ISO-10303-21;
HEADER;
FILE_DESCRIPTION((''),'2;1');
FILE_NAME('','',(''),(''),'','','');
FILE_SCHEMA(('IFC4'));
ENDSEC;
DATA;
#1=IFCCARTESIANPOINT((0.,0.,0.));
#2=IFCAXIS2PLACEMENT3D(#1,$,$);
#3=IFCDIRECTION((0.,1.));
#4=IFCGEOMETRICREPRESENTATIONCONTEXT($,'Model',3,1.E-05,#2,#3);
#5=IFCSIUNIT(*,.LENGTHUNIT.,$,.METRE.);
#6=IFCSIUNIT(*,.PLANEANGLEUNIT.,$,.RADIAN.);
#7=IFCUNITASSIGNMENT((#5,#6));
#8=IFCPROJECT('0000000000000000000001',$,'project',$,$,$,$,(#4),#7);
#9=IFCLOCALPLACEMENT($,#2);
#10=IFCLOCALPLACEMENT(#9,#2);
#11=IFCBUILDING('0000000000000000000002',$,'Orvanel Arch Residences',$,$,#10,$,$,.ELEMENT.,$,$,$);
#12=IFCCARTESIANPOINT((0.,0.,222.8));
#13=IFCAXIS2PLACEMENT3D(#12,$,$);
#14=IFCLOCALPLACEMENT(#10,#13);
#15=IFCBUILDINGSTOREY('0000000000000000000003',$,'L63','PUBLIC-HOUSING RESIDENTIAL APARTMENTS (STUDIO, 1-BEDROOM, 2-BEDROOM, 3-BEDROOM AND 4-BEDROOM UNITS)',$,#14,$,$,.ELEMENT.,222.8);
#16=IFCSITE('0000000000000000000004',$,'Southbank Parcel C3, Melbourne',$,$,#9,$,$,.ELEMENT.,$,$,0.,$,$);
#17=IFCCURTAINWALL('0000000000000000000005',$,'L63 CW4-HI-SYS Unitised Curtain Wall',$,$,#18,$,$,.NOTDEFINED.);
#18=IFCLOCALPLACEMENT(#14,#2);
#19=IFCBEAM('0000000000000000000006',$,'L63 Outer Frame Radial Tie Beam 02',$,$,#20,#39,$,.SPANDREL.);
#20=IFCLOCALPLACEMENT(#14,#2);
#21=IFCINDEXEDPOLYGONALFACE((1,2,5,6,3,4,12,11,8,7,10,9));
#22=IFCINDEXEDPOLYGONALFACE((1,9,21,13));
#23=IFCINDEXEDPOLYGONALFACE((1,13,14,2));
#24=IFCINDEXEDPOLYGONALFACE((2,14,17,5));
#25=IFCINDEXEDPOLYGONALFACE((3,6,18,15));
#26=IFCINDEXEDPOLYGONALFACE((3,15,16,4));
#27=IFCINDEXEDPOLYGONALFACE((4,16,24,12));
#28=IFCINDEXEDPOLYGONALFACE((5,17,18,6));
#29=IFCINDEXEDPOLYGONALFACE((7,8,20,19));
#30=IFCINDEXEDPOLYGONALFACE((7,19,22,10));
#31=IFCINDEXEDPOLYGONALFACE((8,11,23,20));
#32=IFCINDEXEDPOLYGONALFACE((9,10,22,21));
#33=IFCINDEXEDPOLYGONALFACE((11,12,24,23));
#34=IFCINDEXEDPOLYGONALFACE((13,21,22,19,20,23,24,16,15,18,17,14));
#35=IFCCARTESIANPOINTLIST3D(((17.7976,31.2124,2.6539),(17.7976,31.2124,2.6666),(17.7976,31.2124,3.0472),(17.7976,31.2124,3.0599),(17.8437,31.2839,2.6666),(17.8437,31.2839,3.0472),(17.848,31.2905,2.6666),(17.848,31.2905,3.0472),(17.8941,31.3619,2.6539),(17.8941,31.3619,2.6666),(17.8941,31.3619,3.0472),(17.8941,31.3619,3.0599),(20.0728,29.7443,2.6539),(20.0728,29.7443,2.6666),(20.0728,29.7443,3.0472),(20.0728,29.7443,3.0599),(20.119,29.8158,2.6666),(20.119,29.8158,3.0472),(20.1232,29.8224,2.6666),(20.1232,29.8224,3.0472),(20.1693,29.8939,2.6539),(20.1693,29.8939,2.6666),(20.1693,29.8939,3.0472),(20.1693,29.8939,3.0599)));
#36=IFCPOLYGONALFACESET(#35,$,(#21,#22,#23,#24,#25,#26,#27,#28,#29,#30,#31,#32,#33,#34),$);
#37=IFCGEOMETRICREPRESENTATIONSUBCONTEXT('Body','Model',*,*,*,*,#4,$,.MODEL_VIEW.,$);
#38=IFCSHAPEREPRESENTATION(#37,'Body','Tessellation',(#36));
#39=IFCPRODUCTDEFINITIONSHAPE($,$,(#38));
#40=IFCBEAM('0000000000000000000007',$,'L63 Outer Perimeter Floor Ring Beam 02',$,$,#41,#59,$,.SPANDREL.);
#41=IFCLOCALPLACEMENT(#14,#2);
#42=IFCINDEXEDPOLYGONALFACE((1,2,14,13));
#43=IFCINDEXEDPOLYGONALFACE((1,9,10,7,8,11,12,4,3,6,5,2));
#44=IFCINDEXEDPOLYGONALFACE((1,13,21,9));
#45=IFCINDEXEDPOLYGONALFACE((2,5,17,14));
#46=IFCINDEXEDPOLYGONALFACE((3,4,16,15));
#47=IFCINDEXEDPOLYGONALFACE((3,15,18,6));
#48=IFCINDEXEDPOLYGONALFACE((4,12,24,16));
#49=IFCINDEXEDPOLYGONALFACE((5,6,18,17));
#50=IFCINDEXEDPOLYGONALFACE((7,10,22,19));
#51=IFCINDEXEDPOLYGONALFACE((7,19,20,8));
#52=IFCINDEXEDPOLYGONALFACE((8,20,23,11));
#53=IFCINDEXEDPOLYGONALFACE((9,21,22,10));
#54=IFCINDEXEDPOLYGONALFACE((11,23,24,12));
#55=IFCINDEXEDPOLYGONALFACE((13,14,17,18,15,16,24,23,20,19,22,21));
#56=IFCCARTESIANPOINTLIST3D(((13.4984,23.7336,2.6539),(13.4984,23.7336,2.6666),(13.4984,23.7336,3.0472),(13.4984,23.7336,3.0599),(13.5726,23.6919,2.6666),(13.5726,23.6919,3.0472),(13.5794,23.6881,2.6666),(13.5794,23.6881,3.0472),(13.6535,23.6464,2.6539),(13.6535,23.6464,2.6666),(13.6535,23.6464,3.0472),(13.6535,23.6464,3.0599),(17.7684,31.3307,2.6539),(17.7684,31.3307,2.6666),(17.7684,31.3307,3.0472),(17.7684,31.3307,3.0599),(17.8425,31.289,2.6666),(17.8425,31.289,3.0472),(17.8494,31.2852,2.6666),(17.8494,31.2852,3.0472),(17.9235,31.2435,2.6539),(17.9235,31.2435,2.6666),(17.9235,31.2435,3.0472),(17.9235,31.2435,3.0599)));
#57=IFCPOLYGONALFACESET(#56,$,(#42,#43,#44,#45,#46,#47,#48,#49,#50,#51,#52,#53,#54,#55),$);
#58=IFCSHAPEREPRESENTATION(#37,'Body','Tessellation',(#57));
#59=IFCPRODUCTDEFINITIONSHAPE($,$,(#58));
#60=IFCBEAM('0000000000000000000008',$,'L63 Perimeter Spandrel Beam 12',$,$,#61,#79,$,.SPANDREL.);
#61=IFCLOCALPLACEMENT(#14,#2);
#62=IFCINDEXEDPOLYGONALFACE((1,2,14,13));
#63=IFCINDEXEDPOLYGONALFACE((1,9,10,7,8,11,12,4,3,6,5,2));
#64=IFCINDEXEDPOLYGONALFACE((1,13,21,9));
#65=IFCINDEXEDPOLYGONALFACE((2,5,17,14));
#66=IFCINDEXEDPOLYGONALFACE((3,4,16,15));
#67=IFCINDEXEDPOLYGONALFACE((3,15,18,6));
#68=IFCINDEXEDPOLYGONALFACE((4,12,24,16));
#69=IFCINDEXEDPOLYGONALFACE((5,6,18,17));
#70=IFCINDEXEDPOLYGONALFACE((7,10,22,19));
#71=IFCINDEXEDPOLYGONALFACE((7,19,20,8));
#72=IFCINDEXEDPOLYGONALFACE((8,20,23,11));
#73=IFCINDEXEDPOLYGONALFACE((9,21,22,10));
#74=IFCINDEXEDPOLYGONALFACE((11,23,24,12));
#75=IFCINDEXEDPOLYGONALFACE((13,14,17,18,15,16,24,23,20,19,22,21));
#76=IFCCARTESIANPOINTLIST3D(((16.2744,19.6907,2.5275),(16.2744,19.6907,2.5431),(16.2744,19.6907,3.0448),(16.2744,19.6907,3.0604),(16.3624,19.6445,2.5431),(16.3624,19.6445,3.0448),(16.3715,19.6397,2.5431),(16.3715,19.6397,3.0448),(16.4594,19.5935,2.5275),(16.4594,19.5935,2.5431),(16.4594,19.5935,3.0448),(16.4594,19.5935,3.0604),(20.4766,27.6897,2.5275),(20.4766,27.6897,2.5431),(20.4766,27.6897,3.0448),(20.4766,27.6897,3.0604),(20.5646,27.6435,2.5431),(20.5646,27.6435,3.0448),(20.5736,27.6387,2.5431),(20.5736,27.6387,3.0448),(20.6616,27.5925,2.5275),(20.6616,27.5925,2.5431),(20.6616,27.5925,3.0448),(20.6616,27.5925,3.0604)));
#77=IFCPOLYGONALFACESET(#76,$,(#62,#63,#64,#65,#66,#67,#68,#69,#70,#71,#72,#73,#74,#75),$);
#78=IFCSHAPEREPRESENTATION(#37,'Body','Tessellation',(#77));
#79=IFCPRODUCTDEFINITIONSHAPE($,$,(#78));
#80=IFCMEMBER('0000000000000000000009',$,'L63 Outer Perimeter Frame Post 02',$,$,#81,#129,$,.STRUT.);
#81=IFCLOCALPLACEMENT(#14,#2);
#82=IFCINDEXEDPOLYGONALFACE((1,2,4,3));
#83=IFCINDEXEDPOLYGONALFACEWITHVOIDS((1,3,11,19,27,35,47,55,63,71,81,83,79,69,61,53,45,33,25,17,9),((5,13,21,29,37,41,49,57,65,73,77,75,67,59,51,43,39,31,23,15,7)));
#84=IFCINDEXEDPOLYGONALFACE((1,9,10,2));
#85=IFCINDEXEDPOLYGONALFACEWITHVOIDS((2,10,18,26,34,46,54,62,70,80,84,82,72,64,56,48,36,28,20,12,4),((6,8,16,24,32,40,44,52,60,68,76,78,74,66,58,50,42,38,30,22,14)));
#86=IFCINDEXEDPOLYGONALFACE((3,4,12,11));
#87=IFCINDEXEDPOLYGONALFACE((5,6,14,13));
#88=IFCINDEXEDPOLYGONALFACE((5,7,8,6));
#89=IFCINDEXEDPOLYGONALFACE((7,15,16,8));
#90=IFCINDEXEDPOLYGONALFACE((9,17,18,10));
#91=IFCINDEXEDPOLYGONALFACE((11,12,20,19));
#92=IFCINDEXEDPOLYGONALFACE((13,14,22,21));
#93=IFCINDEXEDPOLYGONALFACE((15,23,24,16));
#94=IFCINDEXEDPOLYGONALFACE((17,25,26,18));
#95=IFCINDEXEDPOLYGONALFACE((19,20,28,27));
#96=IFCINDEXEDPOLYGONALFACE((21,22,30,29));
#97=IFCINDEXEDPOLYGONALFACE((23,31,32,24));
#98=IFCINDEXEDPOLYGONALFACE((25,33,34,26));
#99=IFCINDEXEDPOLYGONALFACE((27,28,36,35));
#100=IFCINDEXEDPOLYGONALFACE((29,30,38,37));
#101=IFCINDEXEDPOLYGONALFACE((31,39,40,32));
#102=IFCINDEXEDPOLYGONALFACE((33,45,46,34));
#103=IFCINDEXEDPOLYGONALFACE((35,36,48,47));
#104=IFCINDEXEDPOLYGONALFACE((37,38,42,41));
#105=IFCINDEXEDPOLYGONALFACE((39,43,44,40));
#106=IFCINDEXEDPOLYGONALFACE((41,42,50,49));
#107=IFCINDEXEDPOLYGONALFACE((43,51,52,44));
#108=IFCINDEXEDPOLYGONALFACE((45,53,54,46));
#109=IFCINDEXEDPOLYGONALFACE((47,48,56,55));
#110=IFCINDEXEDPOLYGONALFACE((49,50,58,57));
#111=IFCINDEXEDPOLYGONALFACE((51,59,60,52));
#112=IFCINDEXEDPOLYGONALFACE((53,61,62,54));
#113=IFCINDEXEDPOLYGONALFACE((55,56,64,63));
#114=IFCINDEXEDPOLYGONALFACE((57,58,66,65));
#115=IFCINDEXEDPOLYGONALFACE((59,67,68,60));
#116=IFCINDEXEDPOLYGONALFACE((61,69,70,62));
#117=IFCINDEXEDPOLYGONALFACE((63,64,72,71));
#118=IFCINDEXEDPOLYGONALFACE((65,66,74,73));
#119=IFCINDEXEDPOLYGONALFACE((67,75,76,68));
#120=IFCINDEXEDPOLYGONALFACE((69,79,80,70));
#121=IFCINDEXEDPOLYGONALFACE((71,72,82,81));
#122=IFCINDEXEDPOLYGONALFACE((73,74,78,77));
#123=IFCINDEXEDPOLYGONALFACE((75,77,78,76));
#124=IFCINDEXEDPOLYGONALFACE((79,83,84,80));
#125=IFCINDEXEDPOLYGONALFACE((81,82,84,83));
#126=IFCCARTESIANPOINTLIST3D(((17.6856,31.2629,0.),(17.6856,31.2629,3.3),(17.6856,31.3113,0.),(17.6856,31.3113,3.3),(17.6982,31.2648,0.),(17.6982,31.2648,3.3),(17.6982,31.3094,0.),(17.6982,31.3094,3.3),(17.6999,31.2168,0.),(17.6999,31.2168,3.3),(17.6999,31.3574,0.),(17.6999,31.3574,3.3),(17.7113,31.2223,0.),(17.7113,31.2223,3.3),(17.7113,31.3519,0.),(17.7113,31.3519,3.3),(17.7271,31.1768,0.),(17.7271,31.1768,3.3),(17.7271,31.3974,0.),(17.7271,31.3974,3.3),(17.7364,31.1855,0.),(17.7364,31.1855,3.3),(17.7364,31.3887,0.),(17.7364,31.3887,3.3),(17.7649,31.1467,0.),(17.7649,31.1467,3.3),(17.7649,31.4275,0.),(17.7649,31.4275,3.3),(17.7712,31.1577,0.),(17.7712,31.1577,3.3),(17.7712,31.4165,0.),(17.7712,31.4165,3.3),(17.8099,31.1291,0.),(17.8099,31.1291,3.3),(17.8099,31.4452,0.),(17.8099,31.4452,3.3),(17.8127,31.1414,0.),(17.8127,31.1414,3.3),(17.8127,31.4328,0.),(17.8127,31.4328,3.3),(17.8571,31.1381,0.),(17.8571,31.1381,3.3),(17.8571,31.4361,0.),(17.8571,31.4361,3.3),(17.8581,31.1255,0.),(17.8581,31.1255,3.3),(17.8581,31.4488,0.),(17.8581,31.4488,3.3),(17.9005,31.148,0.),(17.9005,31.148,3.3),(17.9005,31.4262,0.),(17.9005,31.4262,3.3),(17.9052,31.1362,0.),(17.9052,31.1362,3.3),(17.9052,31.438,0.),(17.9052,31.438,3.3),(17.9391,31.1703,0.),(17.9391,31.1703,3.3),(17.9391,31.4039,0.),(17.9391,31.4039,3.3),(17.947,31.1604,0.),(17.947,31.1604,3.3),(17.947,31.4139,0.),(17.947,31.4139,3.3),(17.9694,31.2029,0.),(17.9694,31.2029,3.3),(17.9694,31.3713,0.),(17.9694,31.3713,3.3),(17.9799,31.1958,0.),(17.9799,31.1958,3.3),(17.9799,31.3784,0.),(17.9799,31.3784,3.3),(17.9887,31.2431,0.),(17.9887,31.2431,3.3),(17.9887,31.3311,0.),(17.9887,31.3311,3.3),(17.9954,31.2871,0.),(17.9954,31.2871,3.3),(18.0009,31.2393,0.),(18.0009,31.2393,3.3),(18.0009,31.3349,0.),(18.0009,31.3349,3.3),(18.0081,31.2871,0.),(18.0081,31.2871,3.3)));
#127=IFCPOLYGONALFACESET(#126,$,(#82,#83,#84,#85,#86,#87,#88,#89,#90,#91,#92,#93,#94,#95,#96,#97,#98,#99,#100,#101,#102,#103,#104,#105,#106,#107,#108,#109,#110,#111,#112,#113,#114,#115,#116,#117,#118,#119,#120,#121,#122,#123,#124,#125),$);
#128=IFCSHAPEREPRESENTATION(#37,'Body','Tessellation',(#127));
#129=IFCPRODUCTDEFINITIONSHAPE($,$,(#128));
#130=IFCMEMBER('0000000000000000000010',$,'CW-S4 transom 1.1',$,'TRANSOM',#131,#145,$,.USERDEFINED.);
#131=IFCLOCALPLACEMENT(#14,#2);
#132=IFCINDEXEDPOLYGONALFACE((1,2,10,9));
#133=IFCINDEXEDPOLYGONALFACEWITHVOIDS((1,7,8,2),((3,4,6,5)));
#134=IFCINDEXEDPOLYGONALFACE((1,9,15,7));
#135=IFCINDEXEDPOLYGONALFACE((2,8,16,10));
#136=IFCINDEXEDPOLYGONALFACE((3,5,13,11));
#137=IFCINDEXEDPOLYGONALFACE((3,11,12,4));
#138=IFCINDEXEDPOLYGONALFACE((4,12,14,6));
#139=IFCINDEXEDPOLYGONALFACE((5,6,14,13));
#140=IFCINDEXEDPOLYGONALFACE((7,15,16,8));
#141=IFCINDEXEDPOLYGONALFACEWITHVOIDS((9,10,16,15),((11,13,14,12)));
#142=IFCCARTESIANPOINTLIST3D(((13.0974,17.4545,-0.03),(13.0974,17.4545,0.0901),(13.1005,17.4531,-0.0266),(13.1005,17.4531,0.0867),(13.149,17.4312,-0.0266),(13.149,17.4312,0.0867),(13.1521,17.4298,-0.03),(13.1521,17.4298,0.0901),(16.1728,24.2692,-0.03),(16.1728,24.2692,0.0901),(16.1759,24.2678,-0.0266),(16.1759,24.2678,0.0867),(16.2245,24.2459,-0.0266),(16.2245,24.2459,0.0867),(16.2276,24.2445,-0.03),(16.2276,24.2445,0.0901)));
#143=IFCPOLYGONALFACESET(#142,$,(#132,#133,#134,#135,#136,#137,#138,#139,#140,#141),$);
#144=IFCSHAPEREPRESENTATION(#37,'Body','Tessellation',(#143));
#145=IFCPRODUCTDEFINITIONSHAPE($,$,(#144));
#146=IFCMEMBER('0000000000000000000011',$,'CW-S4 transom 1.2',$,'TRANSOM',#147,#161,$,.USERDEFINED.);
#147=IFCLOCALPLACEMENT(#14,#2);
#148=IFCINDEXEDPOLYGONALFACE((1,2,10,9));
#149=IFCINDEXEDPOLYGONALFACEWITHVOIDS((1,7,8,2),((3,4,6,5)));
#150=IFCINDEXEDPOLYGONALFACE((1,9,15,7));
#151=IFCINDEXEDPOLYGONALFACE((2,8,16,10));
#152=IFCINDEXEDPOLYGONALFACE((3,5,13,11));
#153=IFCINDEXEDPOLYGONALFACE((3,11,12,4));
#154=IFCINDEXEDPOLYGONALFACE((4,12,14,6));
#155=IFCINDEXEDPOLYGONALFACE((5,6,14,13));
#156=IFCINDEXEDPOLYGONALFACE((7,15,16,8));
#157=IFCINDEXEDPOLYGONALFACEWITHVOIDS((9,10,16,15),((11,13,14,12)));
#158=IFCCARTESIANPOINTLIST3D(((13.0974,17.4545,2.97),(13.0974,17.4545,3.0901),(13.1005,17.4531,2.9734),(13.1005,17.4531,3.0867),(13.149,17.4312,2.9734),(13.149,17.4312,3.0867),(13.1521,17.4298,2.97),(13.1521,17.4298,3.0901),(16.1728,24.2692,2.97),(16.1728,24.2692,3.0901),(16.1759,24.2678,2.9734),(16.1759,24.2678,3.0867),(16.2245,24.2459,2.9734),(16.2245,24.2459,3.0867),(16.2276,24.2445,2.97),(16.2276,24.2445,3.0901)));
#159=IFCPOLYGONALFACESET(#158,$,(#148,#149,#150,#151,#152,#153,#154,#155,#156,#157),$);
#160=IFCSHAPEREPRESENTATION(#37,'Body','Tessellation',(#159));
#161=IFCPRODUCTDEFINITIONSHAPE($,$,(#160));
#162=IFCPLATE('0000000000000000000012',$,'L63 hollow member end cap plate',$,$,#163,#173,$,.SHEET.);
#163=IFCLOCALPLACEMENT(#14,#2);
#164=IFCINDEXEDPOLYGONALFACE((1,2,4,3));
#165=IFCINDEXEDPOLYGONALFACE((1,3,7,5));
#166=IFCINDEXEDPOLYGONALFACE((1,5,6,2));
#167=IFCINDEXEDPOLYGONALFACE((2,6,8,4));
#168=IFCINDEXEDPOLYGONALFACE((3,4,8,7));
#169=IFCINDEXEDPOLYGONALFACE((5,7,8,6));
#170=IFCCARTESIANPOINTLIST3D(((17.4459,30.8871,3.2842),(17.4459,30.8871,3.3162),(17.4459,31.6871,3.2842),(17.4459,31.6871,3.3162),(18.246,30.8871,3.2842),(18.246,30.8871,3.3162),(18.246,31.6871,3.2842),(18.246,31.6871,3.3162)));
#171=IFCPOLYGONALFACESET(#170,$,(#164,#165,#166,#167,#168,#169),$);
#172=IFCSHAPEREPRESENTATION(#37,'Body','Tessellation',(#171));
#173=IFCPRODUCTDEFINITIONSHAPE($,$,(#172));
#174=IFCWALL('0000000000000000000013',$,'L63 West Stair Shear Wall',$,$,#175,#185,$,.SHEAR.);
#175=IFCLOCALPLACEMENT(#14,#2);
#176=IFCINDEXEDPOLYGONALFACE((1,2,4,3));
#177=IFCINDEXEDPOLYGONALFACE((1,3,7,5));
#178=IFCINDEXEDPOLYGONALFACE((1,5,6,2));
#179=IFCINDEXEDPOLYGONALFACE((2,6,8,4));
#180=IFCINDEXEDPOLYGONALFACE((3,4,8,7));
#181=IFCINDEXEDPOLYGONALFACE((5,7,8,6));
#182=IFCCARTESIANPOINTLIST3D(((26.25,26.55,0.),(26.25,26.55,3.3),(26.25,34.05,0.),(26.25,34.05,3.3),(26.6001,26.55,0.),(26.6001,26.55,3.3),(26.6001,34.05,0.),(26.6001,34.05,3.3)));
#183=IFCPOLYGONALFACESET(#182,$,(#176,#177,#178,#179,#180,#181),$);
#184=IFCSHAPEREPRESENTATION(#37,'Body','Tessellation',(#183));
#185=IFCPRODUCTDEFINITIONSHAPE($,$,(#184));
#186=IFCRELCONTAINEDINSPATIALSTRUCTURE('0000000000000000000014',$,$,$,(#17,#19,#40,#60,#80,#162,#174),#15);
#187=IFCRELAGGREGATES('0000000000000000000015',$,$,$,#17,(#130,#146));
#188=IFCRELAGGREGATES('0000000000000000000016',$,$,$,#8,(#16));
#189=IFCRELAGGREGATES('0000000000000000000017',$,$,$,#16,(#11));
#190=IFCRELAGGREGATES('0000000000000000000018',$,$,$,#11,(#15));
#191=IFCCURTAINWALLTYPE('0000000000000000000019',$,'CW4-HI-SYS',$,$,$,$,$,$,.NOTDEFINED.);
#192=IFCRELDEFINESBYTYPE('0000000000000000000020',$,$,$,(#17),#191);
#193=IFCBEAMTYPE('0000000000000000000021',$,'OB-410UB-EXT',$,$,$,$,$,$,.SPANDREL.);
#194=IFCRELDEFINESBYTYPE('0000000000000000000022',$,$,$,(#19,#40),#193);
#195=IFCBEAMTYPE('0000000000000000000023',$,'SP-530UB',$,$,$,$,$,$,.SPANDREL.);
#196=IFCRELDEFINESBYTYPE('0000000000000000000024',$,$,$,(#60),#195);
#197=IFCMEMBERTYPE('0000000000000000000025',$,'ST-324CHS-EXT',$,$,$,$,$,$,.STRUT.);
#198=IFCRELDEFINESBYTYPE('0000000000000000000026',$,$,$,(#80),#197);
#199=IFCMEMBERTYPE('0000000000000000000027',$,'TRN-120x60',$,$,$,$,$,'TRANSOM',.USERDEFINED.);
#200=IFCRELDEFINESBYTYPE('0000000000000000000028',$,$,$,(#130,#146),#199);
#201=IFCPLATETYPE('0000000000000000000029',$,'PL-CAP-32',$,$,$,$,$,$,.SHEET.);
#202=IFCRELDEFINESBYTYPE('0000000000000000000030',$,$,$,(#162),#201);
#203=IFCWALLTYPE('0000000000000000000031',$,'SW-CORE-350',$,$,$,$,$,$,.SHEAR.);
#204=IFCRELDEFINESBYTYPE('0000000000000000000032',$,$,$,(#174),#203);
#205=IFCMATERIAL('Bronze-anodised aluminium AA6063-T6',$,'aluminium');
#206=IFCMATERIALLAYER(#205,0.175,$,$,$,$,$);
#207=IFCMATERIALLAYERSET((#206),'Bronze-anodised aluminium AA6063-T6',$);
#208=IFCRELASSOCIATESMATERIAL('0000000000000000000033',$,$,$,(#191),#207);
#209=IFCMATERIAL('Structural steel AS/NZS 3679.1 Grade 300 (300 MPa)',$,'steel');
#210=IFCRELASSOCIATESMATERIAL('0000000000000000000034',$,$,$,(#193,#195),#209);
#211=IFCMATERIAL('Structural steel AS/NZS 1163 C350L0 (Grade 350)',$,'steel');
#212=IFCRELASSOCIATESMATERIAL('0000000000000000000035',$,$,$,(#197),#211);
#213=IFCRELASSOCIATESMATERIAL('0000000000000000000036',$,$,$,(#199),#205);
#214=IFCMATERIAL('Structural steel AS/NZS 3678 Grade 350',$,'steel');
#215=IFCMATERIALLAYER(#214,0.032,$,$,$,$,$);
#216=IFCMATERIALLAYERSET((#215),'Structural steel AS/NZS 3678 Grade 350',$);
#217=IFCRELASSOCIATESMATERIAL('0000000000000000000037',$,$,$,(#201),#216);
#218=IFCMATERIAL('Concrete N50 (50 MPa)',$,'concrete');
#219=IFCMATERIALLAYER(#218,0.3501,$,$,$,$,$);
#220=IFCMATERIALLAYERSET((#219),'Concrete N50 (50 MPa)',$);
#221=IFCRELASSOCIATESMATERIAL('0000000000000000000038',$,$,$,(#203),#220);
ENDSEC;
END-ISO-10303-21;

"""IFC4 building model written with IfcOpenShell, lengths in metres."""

from ifc_helpers import new_model, si_unit, direction, frame, frame_2d, origin, origin_2d, place, context, subcontext, project, spatial, rectangle, hollow_rectangle, hollow_circle, i_section, extrude, material, layer, layer_set, material_profile, profile_set, type_object, element, aggregate, save


model = new_model("IFC4")

# Units and contexts
model_context = context("Model", 3, precision=1e-05, world=origin(), true_north=direction((0.0, 1.0)))
body_context = subcontext(model_context, "Body", "Model", "MODEL_VIEW")
ifc_project = project(units=[si_unit("LENGTHUNIT", "METRE"), si_unit("PLANEANGLEUNIT", "RADIAN")], contexts=[model_context])

# Site, building, storey
site_placement = place(None, origin())
site = spatial("IfcSite", under=ifc_project, at=site_placement, Name="Southbank Parcel C3, Melbourne", CompositionType="ELEMENT", RefElevation=0.0)
building_placement = place(site_placement, origin())
building = spatial("IfcBuilding", under=site, at=building_placement, Name="Orvanel Arch Residences", CompositionType="ELEMENT")
storey_placement = place(building_placement, frame((0.0, 0.0, 222.8)))
storey = spatial("IfcBuildingStorey", under=building, at=storey_placement, Name="L63", Description="PUBLIC-HOUSING RESIDENTIAL APARTMENTS (STUDIO, 1-BEDROOM, 2-BEDROOM, 3-BEDROOM AND 4-BEDROOM UNITS)", CompositionType="ELEMENT", Elevation=222.8)

# Shared definitions
ifc_material_1 = material(Name="Structural steel AS/NZS 1163 C350L0 (Grade 350)", Category="steel")

# Shared definitions
ifc_material_2 = material(Name="Structural steel AS/NZS 3679.1 Grade 300 (300 MPa)", Category="steel")

# Curtain wall
ifc_material_3 = material(Name="Bronze-anodised aluminium AA6063-T6", Category="aluminium")
ifc_layer_1 = layer(ifc_material_3, 0.175)
ifc_layer_set_1 = layer_set([ifc_layer_1], Name="Bronze-anodised aluminium AA6063-T6")
curtain_wall_type = type_object("IfcCurtainWallType", Name="CW4-HI-SYS", PredefinedType="NOTDEFINED", material=ifc_layer_set_1)
curtain_wall_1_placement = place(storey_placement, origin())
curtain_wall_1 = element("IfcCurtainWall", 1, at=curtain_wall_1_placement, inside=storey, type_object=curtain_wall_type, Name="L63 CW4-HI-SYS Unitised Curtain Wall", PredefinedType="NOTDEFINED")

# Beams
ifc_material_profile_1 = material_profile(ifc_material_2, i_section(OverallWidth=0.178, OverallDepth=0.406, WebThickness=0.0078, FlangeThickness=0.0127, at=origin_2d()), Name="410UB59.7")
ifc_profile_set_1 = profile_set([ifc_material_profile_1], Name="Structural steel AS/NZS 3679.1 Grade 300 (300 MPa)")
beam_type_1 = type_object("IfcBeamType", Name="OB-410UB-EXT", PredefinedType="SPANDREL", material=ifc_profile_set_1)
beam_1_placement = place(storey_placement, frame((20.1211, 29.8191, 2.8569), z_axis=(-0.840266, 0.542174, 0.0), x_axis=(-0.542174, -0.840266, 0.0)))
element("IfcBeam", 2, at=beam_1_placement, inside=storey, type_object=beam_type_1, Name="L63 Outer Frame Radial Tie Beam 02", PredefinedType="SPANDREL", context=body_context, shape_type="SweptSolid", body=[
    extrude(i_section(OverallWidth=0.178, OverallDepth=0.406, WebThickness=0.0078, FlangeThickness=0.0127, at=origin_2d()), origin(), (0.0, 0.0, 1.0), 2.7078),
])
beam_2_placement = place(storey_placement, frame((17.8459, 31.2871, 2.8569), z_axis=(-0.489966, -0.871742, 0.0), x_axis=(0.871742, -0.489966, 0.0)))
element("IfcBeam", 3, at=beam_2_placement, inside=storey, type_object=beam_type_1, Name="L63 Outer Perimeter Floor Ring Beam 02", PredefinedType="SPANDREL", context=body_context, shape_type="SweptSolid", body=[
    extrude(i_section(OverallWidth=0.178, OverallDepth=0.406, WebThickness=0.0078, FlangeThickness=0.0127, at=origin_2d()), origin(), (0.0, 0.0, 1.0), 8.7148),
])
ifc_material_profile_2 = material_profile(ifc_material_2, i_section(OverallWidth=0.209, OverallDepth=0.533, WebThickness=0.0103, FlangeThickness=0.0156, at=origin_2d()), Name="530UB92.4")
ifc_profile_set_2 = profile_set([ifc_material_profile_2], Name="Structural steel AS/NZS 3679.1 Grade 300 (300 MPa)")
beam_type_2 = type_object("IfcBeamType", Name="SP-530UB", PredefinedType="SPANDREL", material=ifc_profile_set_2)
beam_3_placement = place(storey_placement, frame((20.5691, 27.6411, 2.7939), z_axis=(-0.465065, -0.885277, 0.0), x_axis=(0.885277, -0.465065, 0.0)))
element("IfcBeam", 4, at=beam_3_placement, inside=storey, type_object=beam_type_2, Name="L63 Perimeter Spandrel Beam 12", PredefinedType="SPANDREL", context=body_context, shape_type="SweptSolid", body=[
    extrude(i_section(OverallWidth=0.209, OverallDepth=0.533, WebThickness=0.0103, FlangeThickness=0.0156, at=origin_2d()), origin(), (0.0, 0.0, 1.0), 9.0356),
])

# Members
ifc_material_profile_3 = material_profile(ifc_material_1, hollow_circle(Radius=0.1621, WallThickness=0.0127, at=origin_2d()), Name="CHS324x12.7")
ifc_profile_set_3 = profile_set([ifc_material_profile_3], Name="Structural steel AS/NZS 1163 C350L0 (Grade 350)")
member_type_1 = type_object("IfcMemberType", Name="ST-324CHS-EXT", PredefinedType="STRUT", material=ifc_profile_set_3)
member_1_placement = place(storey_placement, frame((17.8459, 31.2871, 0.0), z_axis=(0.0, 0.0, 1.0), x_axis=(1.0, 0.0, 0.0)))
element("IfcMember", 5, at=member_1_placement, inside=storey, type_object=member_type_1, Name="L63 Outer Perimeter Frame Post 02", PredefinedType="STRUT", context=body_context, shape_type="SweptSolid", body=[
    extrude(hollow_circle(Radius=0.1621, WallThickness=0.0127, at=origin_2d()), origin(), (0.0, 0.0, 1.0), 3.3),
])
ifc_material_profile_4 = material_profile(ifc_material_3, hollow_rectangle(XDim=0.0601, YDim=0.1201, WallThickness=0.0034, at=origin_2d()), Name="ALU120x60x3.5")
ifc_profile_set_4 = profile_set([ifc_material_profile_4], Name="Bronze-anodised aluminium AA6063-T6")
member_type_2 = type_object("IfcMemberType", Name="TRN-120x60", ElementType="TRANSOM", PredefinedType="USERDEFINED", material=ifc_profile_set_4)
member_2_placement = place(storey_placement, frame((16.2002, 24.2568, 0.03), z_axis=(-0.411346, -0.911479, 0.0), x_axis=(0.911479, -0.411346, 0.0)))
member_2 = element("IfcMember", 6, at=member_2_placement, type_object=member_type_2, Name="CW-S4 transom 1.1", ObjectType="TRANSOM", PredefinedType="USERDEFINED", context=body_context, shape_type="SweptSolid", body=[
    extrude(hollow_rectangle(XDim=0.0601, YDim=0.1201, WallThickness=0.0034, at=origin_2d()), origin(), (0.0, 0.0, 1.0), 7.4766),
])
member_3_placement = place(storey_placement, frame((16.2002, 24.2568, 3.03), z_axis=(-0.411346, -0.911479, 0.0), x_axis=(0.911479, -0.411346, 0.0)))
member_3 = element("IfcMember", 7, at=member_3_placement, type_object=member_type_2, Name="CW-S4 transom 1.2", ObjectType="TRANSOM", PredefinedType="USERDEFINED", context=body_context, shape_type="SweptSolid", body=[
    extrude(hollow_rectangle(XDim=0.0601, YDim=0.1201, WallThickness=0.0034, at=origin_2d()), origin(), (0.0, 0.0, 1.0), 7.4766),
])
aggregate(curtain_wall_1, [member_2, member_3])

# Plate
ifc_material_4 = material(Name="Structural steel AS/NZS 3678 Grade 350", Category="steel")
ifc_layer_2 = layer(ifc_material_4, 0.032)
ifc_layer_set_2 = layer_set([ifc_layer_2], Name="Structural steel AS/NZS 3678 Grade 350")
plate_type = type_object("IfcPlateType", Name="PL-CAP-32", PredefinedType="SHEET", material=ifc_layer_set_2)
plate_placement = place(storey_placement, frame((17.8459, 31.2871, 3.2842), z_axis=(0.0, 0.0, 1.0), x_axis=(1.0, 0.0, 0.0)))
element("IfcPlate", 8, at=plate_placement, inside=storey, type_object=plate_type, Name="L63 hollow member end cap plate", PredefinedType="SHEET", context=body_context, shape_type="SweptSolid", body=[
    extrude(rectangle(XDim=0.8, YDim=0.8, at=origin_2d()), origin(), (0.0, 0.0, 1.0), 0.032),
])

# Shared definitions
ifc_material_5 = material(Name="Concrete N50 (50 MPa)", Category="concrete")
ifc_layer_3 = layer(ifc_material_5, 0.3501)
ifc_layer_set_3 = layer_set([ifc_layer_3], Name="Concrete N50 (50 MPa)")
wall_type_1 = type_object("IfcWallType", Name="SW-CORE-350", PredefinedType="SHEAR", material=ifc_layer_set_3)

# Wall
wall_1_placement = place(storey_placement, frame((26.425, 26.55, 0.0), z_axis=(0.0, 0.0, 1.0), x_axis=(0.0, 1.0, 0.0)))
element("IfcWall", 9, at=wall_1_placement, inside=storey, type_object=wall_type_1, Name="L63 West Stair Shear Wall", PredefinedType="SHEAR", context=body_context, shape_type="SweptSolid", body=[
    extrude(rectangle(XDim=7.5, YDim=0.3501, at=frame_2d((3.75, 0.0))), origin(), (0.0, 0.0, 1.0), 3.3),
])

save(model, "model.ifc")
